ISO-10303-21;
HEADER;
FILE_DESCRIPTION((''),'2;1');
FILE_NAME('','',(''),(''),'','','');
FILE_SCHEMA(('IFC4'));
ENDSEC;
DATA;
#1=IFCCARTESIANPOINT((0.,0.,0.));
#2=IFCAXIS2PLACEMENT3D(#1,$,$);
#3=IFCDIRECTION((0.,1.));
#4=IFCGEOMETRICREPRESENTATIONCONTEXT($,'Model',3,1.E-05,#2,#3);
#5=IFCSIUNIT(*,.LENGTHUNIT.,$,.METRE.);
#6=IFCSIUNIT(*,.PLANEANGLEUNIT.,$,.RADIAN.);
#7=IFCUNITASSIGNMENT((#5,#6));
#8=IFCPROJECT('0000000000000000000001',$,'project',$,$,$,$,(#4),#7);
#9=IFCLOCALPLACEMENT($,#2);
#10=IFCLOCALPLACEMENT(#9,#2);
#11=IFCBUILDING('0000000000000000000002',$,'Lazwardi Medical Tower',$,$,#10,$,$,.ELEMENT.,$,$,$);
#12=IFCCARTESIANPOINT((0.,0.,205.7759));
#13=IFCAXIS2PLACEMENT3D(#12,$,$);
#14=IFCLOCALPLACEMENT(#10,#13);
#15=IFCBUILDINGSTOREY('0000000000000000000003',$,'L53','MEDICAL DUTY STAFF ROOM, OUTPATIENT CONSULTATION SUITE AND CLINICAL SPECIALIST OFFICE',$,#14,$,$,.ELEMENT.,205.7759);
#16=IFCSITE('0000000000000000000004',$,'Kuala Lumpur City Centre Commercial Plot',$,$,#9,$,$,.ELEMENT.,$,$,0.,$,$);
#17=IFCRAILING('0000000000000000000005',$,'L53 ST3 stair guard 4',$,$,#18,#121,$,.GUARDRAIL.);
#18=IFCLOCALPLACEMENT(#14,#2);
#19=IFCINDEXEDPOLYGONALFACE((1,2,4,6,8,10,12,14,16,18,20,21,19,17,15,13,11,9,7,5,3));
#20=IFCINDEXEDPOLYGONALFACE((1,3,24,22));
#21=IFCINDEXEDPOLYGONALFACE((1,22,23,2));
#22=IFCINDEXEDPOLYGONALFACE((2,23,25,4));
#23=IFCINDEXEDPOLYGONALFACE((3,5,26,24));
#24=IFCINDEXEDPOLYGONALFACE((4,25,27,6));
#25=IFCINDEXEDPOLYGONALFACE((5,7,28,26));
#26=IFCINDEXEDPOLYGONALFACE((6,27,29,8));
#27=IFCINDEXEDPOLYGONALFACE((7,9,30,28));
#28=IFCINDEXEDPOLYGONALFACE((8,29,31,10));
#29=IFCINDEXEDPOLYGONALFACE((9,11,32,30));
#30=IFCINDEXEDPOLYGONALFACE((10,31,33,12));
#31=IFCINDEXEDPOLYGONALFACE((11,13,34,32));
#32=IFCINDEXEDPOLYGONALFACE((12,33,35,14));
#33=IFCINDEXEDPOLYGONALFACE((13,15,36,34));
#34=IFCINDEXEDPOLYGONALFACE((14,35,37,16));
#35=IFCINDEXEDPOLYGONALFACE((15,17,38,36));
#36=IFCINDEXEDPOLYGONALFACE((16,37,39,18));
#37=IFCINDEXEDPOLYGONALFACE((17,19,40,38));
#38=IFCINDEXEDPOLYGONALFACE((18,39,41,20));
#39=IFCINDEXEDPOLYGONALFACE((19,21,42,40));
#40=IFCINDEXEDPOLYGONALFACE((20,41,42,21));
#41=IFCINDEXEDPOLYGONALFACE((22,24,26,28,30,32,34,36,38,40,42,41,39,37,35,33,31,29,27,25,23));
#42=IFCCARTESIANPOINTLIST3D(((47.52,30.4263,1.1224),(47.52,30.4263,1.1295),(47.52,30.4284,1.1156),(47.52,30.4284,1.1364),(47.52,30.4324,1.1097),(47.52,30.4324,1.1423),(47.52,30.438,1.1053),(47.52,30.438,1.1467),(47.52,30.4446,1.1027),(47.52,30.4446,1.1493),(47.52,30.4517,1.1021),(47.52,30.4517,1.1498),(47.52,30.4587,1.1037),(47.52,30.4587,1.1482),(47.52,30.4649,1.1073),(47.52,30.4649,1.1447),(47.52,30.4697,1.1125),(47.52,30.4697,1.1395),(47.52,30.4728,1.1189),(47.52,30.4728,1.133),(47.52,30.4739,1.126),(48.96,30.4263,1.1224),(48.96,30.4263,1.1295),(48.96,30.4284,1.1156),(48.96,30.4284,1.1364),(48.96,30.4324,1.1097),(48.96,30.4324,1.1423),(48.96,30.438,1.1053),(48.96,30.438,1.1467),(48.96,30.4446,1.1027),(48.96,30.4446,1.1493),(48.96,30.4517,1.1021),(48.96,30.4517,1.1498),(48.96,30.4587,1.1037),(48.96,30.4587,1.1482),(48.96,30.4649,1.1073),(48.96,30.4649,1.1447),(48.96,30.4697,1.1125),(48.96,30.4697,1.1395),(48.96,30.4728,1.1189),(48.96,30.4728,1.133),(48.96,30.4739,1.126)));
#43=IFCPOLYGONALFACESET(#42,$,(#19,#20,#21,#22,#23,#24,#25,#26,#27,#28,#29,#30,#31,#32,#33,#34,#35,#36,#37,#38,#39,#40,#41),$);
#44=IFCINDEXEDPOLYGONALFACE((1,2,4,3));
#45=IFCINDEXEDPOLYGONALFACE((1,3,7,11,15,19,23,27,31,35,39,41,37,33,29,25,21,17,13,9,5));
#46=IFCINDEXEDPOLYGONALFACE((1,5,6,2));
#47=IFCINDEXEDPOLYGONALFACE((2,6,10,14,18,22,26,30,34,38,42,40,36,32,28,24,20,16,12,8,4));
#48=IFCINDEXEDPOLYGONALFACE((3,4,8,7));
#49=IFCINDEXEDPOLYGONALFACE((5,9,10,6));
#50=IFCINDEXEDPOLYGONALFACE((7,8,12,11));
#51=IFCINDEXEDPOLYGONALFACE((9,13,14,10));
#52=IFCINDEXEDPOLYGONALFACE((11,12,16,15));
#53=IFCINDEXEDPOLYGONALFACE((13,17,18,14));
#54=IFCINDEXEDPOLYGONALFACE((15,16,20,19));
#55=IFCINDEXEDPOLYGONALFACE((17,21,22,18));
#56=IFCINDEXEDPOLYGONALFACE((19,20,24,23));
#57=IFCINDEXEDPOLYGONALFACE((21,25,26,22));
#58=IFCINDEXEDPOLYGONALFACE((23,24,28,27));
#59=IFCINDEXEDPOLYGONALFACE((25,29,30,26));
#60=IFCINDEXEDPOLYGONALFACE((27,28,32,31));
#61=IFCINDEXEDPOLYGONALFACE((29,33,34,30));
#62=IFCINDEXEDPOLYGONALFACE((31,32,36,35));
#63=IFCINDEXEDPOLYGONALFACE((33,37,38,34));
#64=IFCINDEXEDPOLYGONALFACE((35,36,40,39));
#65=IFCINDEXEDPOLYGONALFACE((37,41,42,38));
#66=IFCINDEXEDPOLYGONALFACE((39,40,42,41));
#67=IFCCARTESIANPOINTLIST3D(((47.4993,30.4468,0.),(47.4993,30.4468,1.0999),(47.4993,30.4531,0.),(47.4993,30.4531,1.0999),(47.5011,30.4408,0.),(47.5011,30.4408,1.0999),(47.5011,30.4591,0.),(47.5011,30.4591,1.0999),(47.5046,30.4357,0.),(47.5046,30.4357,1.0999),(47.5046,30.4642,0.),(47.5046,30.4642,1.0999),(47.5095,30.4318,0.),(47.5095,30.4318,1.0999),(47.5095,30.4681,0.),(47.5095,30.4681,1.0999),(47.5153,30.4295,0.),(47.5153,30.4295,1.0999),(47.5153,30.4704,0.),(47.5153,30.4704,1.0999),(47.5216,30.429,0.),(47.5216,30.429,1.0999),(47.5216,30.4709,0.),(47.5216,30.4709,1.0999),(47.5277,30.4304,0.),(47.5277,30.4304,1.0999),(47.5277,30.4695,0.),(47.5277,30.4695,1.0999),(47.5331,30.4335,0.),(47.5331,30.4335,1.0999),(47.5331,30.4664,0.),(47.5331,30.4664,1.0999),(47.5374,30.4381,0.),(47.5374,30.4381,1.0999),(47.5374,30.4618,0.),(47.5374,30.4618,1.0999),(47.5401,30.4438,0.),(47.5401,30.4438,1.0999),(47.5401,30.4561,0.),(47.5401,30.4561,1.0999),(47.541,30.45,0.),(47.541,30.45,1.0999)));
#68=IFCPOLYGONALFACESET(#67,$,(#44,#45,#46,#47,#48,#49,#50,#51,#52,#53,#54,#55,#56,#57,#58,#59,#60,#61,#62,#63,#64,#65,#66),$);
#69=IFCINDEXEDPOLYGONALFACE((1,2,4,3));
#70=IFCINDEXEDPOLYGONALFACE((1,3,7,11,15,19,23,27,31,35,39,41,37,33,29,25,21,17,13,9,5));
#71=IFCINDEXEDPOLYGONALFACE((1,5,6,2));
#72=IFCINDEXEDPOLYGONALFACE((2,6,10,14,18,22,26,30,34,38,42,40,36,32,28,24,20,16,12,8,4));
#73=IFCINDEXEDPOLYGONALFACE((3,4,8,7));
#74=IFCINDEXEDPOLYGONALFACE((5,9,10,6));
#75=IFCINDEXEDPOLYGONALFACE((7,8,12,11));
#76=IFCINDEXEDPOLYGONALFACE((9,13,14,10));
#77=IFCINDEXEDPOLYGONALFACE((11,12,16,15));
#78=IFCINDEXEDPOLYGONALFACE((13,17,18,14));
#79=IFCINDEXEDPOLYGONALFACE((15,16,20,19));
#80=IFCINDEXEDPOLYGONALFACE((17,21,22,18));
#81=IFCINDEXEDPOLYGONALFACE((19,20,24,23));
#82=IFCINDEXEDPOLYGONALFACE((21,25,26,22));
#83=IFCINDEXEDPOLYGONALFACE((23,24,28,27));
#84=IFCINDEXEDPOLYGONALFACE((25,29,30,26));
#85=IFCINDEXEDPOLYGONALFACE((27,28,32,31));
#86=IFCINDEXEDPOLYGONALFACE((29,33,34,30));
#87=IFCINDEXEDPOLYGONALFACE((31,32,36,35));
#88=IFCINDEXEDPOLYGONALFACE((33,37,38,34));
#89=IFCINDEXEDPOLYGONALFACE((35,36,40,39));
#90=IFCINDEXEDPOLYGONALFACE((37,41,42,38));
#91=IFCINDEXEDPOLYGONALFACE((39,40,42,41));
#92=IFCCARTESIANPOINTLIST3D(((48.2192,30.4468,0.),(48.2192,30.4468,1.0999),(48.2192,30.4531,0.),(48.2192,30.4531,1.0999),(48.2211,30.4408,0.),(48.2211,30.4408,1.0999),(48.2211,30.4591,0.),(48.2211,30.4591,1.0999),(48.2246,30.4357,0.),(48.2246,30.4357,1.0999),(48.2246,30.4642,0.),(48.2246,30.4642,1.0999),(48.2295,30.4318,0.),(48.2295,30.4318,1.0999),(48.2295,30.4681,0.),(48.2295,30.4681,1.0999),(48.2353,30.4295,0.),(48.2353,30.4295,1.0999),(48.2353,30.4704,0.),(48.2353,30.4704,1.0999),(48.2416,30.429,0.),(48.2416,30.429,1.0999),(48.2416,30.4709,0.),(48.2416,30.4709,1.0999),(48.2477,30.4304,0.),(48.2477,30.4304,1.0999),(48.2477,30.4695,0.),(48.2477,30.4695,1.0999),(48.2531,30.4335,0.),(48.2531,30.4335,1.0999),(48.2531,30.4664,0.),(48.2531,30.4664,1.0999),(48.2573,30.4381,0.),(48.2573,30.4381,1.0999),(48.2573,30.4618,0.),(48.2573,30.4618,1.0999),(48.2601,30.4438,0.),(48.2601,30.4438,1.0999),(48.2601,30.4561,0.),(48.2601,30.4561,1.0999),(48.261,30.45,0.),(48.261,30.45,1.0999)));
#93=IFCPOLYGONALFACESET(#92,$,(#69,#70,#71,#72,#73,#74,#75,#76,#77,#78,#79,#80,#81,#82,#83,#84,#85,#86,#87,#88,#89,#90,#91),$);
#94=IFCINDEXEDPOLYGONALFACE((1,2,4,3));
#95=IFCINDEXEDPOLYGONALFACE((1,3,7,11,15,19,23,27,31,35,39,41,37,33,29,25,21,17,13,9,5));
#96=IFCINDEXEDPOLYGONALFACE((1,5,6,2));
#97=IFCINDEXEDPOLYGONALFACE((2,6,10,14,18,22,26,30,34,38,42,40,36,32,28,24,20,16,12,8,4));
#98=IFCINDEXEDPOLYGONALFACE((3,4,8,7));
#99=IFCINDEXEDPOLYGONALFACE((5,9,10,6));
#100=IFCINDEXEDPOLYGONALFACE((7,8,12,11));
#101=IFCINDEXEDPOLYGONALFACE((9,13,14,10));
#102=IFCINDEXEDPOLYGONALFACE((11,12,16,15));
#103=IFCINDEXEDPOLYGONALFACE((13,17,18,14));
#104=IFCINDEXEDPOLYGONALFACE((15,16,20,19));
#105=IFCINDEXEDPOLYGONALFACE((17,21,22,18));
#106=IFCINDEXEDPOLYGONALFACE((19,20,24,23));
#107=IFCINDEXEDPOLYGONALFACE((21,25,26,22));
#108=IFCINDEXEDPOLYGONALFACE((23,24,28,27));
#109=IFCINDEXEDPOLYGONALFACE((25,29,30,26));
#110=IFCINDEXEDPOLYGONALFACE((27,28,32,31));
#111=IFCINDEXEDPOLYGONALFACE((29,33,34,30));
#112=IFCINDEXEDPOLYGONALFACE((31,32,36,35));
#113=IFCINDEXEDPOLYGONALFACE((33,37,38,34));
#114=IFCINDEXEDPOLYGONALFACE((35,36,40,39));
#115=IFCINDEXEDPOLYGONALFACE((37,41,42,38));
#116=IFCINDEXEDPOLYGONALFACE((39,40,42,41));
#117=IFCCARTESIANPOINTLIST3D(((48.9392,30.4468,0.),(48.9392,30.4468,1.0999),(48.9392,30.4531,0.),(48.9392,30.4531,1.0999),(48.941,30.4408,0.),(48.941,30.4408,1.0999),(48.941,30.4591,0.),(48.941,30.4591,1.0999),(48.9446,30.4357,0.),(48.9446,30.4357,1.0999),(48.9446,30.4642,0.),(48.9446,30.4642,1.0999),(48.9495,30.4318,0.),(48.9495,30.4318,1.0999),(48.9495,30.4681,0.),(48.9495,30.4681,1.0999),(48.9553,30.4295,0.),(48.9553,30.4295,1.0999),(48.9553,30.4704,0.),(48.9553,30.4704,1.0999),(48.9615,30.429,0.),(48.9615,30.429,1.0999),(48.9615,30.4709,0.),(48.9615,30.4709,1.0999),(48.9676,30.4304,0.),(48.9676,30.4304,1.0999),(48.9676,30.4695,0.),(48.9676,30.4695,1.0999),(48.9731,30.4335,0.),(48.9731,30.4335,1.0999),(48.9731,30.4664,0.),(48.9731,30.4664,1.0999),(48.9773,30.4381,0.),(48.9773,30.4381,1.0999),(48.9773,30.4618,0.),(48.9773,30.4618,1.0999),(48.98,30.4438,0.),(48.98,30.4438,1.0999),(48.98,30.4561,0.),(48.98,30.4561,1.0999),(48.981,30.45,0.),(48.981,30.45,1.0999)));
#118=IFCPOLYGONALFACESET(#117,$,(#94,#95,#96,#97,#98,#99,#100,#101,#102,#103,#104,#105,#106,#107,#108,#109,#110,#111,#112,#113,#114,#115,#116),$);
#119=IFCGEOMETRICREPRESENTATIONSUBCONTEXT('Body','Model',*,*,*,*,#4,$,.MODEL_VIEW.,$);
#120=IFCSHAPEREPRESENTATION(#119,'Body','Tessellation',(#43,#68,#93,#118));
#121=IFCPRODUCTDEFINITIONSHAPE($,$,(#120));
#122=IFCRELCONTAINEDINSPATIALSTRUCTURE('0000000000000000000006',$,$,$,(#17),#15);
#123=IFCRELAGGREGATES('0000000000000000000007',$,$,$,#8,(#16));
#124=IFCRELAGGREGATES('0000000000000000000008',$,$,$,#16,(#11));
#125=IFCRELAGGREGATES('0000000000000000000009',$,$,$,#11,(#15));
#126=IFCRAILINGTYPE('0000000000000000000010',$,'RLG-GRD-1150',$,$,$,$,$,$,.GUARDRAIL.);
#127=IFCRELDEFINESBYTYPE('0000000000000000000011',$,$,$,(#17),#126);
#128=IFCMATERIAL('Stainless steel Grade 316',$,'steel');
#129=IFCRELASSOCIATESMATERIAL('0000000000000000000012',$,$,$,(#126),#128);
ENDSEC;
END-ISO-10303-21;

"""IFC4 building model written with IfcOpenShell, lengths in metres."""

from ifc_helpers import new_model, si_unit, direction, frame, origin, origin_2d, place, context, subcontext, project, spatial, circle, extrude, material, type_object, element, save


model = new_model("IFC4")

# Units and contexts
model_context = context("Model", 3, precision=1e-05, world=origin(), true_north=direction((0.0, 1.0)))
body_context = subcontext(model_context, "Body", "Model", "MODEL_VIEW")
ifc_project = project(units=[si_unit("LENGTHUNIT", "METRE"), si_unit("PLANEANGLEUNIT", "RADIAN")], contexts=[model_context])

# Site, building, storey
site_placement = place(None, origin())
site = spatial("IfcSite", under=ifc_project, at=site_placement, Name="Kuala Lumpur City Centre Commercial Plot", CompositionType="ELEMENT", RefElevation=0.0)
building_placement = place(site_placement, origin())
building = spatial("IfcBuilding", under=site, at=building_placement, Name="Lazwardi Medical Tower", CompositionType="ELEMENT")
storey_placement = place(building_placement, frame((0.0, 0.0, 205.7759)))
storey = spatial("IfcBuildingStorey", under=building, at=storey_placement, Name="L53", Description="MEDICAL DUTY STAFF ROOM, OUTPATIENT CONSULTATION SUITE AND CLINICAL SPECIALIST OFFICE", CompositionType="ELEMENT", Elevation=205.7759)

# Railing
ifc_material_1 = material(Name="Stainless steel Grade 316", Category="steel")
railing_type_1 = type_object("IfcRailingType", Name="RLG-GRD-1150", PredefinedType="GUARDRAIL", material=ifc_material_1)
railing_1_placement = place(storey_placement, frame((47.52, 30.45, 0.0)))
element("IfcRailing", 1, at=railing_1_placement, inside=storey, type_object=railing_type_1, Name="L53 ST3 stair guard 4", PredefinedType="GUARDRAIL", context=body_context, shape_type="SweptSolid", body=[
    extrude(circle(Radius=0.0239, at=origin_2d()), frame((0.0, 0.0, 1.126), z_axis=(1.0, 0.0, 0.0), x_axis=(0.0, 1.0, 0.0)), (0.0, 0.0, 1.0), 1.4399),
    extrude(circle(Radius=0.021, at=origin_2d()), origin(), (0.0, 0.0, 1.0), 1.0999),
    extrude(circle(Radius=0.021, at=origin_2d()), frame((0.72, 0.0, 0.0)), (0.0, 0.0, 1.0), 1.0999),
    extrude(circle(Radius=0.021, at=origin_2d()), frame((1.4399, 0.0, 0.0)), (0.0, 0.0, 1.0), 1.0999),
])

save(model, "model.ifc")
